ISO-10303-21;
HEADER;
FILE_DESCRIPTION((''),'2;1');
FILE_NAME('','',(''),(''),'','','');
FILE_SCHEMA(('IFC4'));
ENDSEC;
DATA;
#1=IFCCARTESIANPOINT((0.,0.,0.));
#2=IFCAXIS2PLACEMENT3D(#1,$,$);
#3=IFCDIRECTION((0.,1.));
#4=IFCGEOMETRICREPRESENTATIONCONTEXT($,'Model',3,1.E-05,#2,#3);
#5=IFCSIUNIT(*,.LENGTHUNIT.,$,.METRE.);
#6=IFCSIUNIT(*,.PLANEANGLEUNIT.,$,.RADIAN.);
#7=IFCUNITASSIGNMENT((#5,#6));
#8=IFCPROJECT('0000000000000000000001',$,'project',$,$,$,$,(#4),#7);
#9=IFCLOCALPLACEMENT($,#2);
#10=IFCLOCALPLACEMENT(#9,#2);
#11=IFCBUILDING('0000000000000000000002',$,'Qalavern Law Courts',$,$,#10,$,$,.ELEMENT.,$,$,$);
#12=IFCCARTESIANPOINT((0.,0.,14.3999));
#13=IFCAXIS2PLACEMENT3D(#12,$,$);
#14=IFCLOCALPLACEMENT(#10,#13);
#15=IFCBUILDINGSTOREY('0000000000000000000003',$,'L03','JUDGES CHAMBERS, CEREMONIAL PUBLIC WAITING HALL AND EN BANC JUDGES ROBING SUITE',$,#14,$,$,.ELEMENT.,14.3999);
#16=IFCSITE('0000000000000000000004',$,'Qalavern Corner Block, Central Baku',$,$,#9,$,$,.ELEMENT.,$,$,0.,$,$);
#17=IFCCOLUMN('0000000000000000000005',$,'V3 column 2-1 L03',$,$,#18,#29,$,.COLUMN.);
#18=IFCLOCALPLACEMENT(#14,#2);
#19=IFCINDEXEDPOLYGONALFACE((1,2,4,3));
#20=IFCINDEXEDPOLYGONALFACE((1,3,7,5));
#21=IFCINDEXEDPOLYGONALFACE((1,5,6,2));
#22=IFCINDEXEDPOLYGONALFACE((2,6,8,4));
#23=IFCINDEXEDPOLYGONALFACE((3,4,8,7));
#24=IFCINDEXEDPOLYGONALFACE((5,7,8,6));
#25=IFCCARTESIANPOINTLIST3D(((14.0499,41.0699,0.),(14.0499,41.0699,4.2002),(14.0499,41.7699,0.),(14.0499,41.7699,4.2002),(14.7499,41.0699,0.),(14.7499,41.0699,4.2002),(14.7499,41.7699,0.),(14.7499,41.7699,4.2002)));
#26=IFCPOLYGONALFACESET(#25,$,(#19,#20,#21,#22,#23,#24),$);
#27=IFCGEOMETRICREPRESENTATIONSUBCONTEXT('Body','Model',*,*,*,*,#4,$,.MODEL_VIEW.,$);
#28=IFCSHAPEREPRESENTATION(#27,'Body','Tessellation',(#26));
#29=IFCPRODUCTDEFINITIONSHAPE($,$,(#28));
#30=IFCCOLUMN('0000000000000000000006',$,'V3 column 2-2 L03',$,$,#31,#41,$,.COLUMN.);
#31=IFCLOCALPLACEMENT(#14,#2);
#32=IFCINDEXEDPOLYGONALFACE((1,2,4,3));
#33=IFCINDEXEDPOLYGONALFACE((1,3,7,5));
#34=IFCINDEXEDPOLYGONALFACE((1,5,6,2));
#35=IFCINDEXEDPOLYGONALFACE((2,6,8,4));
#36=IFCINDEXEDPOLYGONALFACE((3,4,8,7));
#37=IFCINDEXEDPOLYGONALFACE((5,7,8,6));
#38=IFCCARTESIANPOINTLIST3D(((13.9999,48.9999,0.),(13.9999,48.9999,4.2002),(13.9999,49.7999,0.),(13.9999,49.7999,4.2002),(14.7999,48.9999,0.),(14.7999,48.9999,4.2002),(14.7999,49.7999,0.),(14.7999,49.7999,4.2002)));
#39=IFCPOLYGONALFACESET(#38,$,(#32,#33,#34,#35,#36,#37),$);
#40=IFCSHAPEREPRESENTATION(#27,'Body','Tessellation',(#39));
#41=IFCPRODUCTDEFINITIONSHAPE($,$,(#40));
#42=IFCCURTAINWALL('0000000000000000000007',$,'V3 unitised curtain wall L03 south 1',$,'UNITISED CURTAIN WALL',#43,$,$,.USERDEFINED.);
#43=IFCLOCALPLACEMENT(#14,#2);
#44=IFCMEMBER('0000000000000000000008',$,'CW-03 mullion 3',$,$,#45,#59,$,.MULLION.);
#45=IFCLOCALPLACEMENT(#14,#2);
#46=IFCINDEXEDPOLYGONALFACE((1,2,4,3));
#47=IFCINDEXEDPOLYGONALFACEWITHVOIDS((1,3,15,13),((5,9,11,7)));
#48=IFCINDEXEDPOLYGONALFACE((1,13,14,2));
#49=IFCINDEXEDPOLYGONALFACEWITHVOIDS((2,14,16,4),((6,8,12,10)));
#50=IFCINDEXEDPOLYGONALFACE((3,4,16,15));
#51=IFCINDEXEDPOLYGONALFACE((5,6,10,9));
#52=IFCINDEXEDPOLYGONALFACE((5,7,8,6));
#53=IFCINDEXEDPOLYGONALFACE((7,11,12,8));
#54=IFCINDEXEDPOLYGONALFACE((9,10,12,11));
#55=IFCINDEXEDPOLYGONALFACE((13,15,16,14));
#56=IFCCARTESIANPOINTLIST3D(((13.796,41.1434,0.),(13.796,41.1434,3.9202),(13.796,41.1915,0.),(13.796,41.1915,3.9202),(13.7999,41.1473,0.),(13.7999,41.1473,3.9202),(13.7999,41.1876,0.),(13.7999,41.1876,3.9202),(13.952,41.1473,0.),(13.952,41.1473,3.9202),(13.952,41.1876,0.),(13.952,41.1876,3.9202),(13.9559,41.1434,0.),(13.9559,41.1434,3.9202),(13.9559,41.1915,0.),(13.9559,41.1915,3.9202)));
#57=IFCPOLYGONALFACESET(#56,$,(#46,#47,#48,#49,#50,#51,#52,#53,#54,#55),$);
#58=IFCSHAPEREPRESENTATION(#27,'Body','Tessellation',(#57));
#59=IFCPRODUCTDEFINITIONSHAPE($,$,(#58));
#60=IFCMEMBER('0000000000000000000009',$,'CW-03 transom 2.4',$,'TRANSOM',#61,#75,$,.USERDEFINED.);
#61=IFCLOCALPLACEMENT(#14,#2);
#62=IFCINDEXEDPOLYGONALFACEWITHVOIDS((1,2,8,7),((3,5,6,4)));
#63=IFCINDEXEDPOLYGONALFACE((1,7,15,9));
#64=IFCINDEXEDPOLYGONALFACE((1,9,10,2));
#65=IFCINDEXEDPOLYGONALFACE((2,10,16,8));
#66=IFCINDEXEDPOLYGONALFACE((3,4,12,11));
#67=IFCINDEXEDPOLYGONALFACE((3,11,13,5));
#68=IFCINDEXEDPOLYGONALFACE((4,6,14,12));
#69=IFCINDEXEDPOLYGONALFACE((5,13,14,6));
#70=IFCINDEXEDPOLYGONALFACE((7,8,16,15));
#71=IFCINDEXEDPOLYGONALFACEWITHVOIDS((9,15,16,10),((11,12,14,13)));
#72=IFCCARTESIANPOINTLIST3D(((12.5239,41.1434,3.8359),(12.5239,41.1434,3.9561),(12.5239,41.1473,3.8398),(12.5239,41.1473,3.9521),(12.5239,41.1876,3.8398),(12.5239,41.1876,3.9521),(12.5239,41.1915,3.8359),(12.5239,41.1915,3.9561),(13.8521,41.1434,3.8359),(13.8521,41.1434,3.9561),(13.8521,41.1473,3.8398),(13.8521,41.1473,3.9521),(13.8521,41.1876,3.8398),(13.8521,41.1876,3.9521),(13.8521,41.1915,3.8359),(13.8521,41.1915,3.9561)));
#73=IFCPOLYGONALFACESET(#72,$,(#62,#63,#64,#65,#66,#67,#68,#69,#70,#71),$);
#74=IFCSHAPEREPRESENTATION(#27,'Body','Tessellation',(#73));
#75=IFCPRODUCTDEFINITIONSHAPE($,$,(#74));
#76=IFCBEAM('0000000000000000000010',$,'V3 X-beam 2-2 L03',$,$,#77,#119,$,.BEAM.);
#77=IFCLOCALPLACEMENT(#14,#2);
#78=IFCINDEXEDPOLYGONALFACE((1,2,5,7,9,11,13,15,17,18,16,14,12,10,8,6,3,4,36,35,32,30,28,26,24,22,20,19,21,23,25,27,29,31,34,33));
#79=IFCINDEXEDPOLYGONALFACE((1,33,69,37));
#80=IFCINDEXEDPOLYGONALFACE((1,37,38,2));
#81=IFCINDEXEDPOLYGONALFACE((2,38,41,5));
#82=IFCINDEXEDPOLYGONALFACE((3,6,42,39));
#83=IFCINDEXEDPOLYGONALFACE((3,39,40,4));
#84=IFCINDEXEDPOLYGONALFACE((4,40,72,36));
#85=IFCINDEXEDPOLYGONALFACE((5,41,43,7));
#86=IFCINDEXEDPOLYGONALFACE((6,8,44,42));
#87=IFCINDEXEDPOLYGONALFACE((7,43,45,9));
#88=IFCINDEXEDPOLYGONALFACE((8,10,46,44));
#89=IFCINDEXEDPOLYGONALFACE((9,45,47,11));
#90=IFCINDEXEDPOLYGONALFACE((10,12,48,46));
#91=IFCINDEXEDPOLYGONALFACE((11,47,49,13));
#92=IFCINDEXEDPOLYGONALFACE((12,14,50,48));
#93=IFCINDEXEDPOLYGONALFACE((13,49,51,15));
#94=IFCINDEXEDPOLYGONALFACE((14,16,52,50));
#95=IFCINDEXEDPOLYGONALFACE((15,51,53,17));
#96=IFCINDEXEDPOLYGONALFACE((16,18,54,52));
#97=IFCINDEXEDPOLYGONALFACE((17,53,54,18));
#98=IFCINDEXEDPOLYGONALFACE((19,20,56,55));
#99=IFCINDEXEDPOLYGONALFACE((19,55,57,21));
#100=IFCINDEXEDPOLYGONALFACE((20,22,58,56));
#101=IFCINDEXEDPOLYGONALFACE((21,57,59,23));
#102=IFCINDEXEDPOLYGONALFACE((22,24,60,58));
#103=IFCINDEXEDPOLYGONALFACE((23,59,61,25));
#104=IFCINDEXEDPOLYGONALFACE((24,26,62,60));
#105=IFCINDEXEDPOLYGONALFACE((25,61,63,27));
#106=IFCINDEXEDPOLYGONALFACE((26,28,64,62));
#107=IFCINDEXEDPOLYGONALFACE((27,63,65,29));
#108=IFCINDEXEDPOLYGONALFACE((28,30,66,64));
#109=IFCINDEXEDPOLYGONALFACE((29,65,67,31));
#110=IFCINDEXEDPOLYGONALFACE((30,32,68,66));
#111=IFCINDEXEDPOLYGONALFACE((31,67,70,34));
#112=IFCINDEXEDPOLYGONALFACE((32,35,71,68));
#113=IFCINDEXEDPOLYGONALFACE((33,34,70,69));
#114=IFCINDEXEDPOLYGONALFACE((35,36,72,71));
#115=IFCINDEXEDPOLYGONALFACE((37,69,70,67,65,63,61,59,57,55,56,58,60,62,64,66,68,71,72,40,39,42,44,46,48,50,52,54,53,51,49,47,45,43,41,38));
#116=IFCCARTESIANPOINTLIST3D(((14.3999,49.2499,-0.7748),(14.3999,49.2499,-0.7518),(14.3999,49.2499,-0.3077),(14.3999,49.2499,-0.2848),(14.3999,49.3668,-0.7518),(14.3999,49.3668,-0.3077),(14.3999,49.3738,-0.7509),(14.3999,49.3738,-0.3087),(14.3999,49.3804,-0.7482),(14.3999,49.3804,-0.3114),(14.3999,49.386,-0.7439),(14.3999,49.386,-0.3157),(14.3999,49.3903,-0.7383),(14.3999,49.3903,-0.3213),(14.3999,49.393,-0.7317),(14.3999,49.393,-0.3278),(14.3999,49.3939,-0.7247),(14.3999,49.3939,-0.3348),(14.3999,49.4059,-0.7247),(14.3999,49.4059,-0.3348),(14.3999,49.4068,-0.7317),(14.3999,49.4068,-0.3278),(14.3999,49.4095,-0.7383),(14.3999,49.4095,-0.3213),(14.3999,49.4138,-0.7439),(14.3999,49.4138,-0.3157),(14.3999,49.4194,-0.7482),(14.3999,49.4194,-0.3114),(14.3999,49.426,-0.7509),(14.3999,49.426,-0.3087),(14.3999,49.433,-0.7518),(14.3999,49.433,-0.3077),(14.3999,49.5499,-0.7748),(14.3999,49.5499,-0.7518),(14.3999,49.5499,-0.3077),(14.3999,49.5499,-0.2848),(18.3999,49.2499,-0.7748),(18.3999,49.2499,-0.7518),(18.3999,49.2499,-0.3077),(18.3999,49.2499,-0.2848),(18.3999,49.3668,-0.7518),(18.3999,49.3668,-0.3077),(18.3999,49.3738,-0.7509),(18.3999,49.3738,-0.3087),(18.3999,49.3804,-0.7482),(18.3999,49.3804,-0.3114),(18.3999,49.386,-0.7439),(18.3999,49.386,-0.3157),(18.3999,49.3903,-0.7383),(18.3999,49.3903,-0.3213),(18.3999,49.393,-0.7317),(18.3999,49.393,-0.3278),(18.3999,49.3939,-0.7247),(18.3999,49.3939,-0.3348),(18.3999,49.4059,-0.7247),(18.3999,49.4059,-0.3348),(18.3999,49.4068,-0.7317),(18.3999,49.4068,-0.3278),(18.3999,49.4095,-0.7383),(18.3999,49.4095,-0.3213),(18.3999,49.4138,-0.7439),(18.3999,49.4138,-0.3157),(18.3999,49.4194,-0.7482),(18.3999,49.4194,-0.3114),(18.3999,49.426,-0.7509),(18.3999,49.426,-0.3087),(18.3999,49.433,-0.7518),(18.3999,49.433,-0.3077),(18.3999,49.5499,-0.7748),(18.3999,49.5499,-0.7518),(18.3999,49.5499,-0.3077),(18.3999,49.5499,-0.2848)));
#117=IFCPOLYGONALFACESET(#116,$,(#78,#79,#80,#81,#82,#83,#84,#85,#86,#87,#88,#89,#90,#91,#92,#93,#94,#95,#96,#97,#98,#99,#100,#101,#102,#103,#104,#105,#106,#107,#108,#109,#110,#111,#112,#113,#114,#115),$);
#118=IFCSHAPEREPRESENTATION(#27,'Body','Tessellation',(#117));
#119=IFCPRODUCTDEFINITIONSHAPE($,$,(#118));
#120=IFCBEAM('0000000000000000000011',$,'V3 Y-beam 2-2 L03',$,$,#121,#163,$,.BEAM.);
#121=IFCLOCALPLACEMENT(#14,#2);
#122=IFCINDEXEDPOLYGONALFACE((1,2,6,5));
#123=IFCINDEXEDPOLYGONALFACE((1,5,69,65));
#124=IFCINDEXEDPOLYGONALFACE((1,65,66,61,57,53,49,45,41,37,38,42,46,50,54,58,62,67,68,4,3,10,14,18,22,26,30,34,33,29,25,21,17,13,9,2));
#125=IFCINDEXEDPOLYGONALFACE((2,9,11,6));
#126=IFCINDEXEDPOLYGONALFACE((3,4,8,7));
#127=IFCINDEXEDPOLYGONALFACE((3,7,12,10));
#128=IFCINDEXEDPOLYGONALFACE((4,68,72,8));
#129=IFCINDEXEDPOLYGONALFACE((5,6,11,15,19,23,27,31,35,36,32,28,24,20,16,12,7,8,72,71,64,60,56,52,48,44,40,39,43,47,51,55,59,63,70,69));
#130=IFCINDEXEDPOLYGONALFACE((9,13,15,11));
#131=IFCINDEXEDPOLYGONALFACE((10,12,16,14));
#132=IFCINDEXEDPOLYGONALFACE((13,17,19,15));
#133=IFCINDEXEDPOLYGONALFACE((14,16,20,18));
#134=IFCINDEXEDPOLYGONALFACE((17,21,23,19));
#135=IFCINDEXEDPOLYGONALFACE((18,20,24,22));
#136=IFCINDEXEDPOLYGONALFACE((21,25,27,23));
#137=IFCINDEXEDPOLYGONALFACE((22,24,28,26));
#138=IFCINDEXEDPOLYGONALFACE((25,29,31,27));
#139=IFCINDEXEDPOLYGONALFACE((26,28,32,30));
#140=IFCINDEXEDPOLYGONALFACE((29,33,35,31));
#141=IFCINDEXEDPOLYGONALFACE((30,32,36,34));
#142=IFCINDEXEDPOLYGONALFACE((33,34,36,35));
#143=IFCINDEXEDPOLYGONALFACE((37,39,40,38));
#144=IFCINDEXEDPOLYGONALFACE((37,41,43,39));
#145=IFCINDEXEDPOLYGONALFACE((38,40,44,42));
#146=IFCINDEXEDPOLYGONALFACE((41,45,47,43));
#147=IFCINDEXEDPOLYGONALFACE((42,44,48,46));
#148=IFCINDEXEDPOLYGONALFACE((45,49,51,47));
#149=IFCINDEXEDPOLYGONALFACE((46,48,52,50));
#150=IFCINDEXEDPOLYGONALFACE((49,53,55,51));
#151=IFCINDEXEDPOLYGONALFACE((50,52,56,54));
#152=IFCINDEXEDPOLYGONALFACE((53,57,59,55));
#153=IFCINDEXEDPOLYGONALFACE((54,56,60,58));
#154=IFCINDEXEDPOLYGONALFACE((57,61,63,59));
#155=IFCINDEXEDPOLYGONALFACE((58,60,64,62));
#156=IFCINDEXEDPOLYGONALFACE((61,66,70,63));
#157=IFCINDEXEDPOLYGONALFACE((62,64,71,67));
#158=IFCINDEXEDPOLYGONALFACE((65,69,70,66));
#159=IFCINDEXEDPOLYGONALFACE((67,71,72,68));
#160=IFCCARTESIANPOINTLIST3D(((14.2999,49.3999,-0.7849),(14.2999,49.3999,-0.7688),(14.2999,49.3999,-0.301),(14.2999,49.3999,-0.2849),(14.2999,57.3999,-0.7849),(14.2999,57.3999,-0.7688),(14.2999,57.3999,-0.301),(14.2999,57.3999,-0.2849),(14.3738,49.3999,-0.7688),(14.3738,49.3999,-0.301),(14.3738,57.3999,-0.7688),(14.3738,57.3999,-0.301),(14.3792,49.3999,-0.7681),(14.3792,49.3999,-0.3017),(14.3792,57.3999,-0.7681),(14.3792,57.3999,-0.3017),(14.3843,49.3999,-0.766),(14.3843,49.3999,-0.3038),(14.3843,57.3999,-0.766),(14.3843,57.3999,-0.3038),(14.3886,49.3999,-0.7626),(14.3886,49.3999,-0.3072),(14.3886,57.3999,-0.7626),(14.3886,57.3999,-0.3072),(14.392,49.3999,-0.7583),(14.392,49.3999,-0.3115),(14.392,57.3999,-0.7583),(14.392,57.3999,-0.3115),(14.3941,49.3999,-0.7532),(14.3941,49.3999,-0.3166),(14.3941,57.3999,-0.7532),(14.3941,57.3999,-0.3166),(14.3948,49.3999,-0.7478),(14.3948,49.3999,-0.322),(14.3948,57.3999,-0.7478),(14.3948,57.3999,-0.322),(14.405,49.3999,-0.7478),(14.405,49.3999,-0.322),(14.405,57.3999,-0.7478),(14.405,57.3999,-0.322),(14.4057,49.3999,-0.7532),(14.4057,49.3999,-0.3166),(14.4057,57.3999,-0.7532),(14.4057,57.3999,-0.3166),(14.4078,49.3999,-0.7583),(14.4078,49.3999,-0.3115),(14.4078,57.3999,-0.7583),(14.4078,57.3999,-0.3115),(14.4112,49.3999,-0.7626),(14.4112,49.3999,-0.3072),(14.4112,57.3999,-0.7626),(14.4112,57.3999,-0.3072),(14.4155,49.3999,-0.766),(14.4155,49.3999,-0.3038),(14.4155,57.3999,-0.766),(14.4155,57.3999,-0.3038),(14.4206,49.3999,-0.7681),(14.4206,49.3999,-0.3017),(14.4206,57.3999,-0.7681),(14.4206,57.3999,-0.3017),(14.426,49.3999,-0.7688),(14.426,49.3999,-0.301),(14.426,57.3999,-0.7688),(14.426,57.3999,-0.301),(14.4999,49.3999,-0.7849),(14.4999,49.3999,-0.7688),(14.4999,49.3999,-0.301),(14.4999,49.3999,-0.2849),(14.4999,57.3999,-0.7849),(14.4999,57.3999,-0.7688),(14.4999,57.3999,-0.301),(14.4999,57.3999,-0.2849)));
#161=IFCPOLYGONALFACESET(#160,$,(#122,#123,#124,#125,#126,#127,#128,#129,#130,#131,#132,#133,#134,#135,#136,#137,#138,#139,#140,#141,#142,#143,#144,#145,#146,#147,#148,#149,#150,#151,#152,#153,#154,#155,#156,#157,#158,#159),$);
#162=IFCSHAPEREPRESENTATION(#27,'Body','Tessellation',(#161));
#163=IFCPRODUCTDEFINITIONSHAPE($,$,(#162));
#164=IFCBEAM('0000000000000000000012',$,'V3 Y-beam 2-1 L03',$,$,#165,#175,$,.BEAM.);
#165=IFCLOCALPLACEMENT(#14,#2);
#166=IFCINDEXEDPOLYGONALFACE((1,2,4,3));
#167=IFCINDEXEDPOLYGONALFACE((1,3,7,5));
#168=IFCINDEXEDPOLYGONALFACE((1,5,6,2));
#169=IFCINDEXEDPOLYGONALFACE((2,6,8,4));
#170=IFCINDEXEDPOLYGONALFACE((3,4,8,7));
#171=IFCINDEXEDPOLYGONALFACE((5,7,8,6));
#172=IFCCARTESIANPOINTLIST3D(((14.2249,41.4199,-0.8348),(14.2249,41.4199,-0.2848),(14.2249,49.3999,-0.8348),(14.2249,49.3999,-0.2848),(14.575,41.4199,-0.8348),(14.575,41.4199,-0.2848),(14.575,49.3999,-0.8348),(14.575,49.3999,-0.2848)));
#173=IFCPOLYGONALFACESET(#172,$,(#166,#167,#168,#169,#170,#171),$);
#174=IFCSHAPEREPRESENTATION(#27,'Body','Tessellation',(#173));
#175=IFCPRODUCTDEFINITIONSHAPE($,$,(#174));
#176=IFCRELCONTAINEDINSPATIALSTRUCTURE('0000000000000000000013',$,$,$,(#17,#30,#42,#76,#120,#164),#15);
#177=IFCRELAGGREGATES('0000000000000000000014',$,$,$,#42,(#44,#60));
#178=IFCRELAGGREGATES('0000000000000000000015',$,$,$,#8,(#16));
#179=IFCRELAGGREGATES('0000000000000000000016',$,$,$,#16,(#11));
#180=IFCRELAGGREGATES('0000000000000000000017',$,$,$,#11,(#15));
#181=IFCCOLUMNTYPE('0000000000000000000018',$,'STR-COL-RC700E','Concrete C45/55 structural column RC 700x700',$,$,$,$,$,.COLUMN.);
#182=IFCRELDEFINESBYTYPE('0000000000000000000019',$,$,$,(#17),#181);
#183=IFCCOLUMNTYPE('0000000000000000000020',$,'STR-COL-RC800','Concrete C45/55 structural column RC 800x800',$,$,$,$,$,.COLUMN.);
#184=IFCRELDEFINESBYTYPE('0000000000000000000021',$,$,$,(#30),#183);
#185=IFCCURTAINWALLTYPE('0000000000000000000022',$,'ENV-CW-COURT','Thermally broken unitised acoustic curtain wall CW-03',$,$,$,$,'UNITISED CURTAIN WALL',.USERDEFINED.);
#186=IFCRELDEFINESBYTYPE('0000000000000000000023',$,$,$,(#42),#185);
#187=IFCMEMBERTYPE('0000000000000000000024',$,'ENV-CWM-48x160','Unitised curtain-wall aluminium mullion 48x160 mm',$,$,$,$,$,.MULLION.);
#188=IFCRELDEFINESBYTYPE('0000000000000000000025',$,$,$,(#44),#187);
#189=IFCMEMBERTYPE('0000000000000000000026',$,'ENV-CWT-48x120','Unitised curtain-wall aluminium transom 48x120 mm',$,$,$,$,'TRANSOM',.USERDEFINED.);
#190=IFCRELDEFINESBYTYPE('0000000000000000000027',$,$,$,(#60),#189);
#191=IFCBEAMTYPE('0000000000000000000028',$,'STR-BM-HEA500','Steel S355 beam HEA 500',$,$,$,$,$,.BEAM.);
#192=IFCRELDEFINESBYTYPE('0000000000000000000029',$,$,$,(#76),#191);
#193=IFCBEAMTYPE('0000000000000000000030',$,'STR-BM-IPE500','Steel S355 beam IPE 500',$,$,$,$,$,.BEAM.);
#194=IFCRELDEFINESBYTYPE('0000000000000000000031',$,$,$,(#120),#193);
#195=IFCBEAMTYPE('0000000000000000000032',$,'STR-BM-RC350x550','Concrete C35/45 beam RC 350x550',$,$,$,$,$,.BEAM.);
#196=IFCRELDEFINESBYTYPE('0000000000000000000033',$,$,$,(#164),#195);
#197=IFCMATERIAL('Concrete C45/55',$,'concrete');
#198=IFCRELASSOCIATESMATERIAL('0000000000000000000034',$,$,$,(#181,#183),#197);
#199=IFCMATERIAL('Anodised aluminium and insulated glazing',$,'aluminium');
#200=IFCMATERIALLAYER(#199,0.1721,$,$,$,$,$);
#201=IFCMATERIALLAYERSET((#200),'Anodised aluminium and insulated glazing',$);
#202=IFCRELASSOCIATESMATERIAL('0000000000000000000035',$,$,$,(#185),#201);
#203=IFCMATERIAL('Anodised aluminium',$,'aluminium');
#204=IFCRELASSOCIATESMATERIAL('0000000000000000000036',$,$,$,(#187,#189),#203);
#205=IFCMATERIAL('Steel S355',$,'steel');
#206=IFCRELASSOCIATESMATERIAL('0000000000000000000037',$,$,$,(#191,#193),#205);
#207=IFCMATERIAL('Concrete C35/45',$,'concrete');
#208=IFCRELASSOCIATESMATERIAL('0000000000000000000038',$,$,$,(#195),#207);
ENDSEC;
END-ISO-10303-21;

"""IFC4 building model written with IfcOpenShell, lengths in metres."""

from ifc_helpers import new_model, si_unit, direction, frame, origin, origin_2d, place, context, subcontext, project, spatial, rectangle, hollow_rectangle, i_section, extrude, material, layer, layer_set, material_profile, profile_set, type_object, element, aggregate, save


model = new_model("IFC4")

# Units and contexts
model_context = context("Model", 3, precision=1e-05, world=origin(), true_north=direction((0.0, 1.0)))
body_context = subcontext(model_context, "Body", "Model", "MODEL_VIEW")
ifc_project = project(units=[si_unit("LENGTHUNIT", "METRE"), si_unit("PLANEANGLEUNIT", "RADIAN")], contexts=[model_context])

# Site, building, storey
site_placement = place(None, origin())
site = spatial("IfcSite", under=ifc_project, at=site_placement, Name="Qalavern Corner Block, Central Baku", CompositionType="ELEMENT", RefElevation=0.0)
building_placement = place(site_placement, origin())
building = spatial("IfcBuilding", under=site, at=building_placement, Name="Qalavern Law Courts", CompositionType="ELEMENT")
storey_placement = place(building_placement, frame((0.0, 0.0, 14.3999)))
storey = spatial("IfcBuildingStorey", under=building, at=storey_placement, Name="L03", Description="JUDGES CHAMBERS, CEREMONIAL PUBLIC WAITING HALL AND EN BANC JUDGES ROBING SUITE", CompositionType="ELEMENT", Elevation=14.3999)

# Columns
ifc_material_1 = material(Name="Concrete C45/55", Category="concrete")
ifc_material_profile_1 = material_profile(ifc_material_1, rectangle(XDim=0.7, YDim=0.7, at=origin_2d()), Name="RC 700x700")
ifc_profile_set_1 = profile_set([ifc_material_profile_1], Name="Concrete C45/55")
column_type_1 = type_object("IfcColumnType", Name="STR-COL-RC700E", Description="Concrete C45/55 structural column RC 700x700", PredefinedType="COLUMN", material=ifc_profile_set_1)
column_1_placement = place(storey_placement, frame((14.3999, 41.4199, 0.0), z_axis=(0.0, 0.0, 1.0), x_axis=(1.0, 0.0, 0.0)))
element("IfcColumn", 1, at=column_1_placement, inside=storey, type_object=column_type_1, Name="V3 column 2-1 L03", PredefinedType="COLUMN", context=body_context, shape_type="SweptSolid", body=[
    extrude(rectangle(XDim=0.7, YDim=0.7, at=origin_2d()), origin(), (0.0, 0.0, 1.0), 4.2002),
])
ifc_material_profile_2 = material_profile(ifc_material_1, rectangle(XDim=0.8, YDim=0.8, at=origin_2d()), Name="RC 800x800")
ifc_profile_set_2 = profile_set([ifc_material_profile_2], Name="Concrete C45/55")
column_type_2 = type_object("IfcColumnType", Name="STR-COL-RC800", Description="Concrete C45/55 structural column RC 800x800", PredefinedType="COLUMN", material=ifc_profile_set_2)
column_2_placement = place(storey_placement, frame((14.3999, 49.3999, 0.0), z_axis=(0.0, 0.0, 1.0), x_axis=(1.0, 0.0, 0.0)))
element("IfcColumn", 2, at=column_2_placement, inside=storey, type_object=column_type_2, Name="V3 column 2-2 L03", PredefinedType="COLUMN", context=body_context, shape_type="SweptSolid", body=[
    extrude(rectangle(XDim=0.8, YDim=0.8, at=origin_2d()), origin(), (0.0, 0.0, 1.0), 4.2002),
])

# Curtain wall, members
ifc_material_2 = material(Name="Anodised aluminium and insulated glazing", Category="aluminium")
ifc_layer_1 = layer(ifc_material_2, 0.1721)
ifc_layer_set_1 = layer_set([ifc_layer_1], Name="Anodised aluminium and insulated glazing")
curtain_wall_type = type_object("IfcCurtainWallType", Name="ENV-CW-COURT", Description="Thermally broken unitised acoustic curtain wall CW-03", ElementType="UNITISED CURTAIN WALL", PredefinedType="USERDEFINED", material=ifc_layer_set_1)
curtain_wall_placement = place(storey_placement, origin())
curtain_wall = element("IfcCurtainWall", 3, at=curtain_wall_placement, inside=storey, type_object=curtain_wall_type, Name="V3 unitised curtain wall L03 south 1", ObjectType="UNITISED CURTAIN WALL", PredefinedType="USERDEFINED")
ifc_material_3 = material(Name="Anodised aluminium", Category="aluminium")
ifc_material_profile_3 = material_profile(ifc_material_3, hollow_rectangle(XDim=0.0481, YDim=0.1599, WallThickness=0.0039, at=origin_2d()), Name="ALU MULLION 48x160")
ifc_profile_set_3 = profile_set([ifc_material_profile_3], Name="Anodised aluminium")
member_type_1 = type_object("IfcMemberType", Name="ENV-CWM-48x160", Description="Unitised curtain-wall aluminium mullion 48x160 mm", PredefinedType="MULLION", material=ifc_profile_set_3)
member_1_placement = place(storey_placement, frame((13.876, 41.1675, 0.0), z_axis=(0.0, 0.0, 1.0), x_axis=(0.0, 1.0, 0.0)))
member_1 = element("IfcMember", 4, at=member_1_placement, type_object=member_type_1, Name="CW-03 mullion 3", PredefinedType="MULLION", context=body_context, shape_type="SweptSolid", body=[
    extrude(hollow_rectangle(XDim=0.0481, YDim=0.1599, WallThickness=0.0039, at=origin_2d()), origin(), (0.0, 0.0, 1.0), 3.9202),
])
ifc_material_profile_4 = material_profile(ifc_material_3, hollow_rectangle(XDim=0.0481, YDim=0.1201, WallThickness=0.0039, at=origin_2d()), Name="ALU TRANSOM 48x120")
ifc_profile_set_4 = profile_set([ifc_material_profile_4], Name="Anodised aluminium")
member_type_2 = type_object("IfcMemberType", Name="ENV-CWT-48x120", Description="Unitised curtain-wall aluminium transom 48x120 mm", ElementType="TRANSOM", PredefinedType="USERDEFINED", material=ifc_profile_set_4)
member_2_placement = place(storey_placement, frame((12.5239, 41.1675, 3.896), z_axis=(1.0, 0.0, 0.0), x_axis=(0.0, 1.0, 0.0)))
member_2 = element("IfcMember", 5, at=member_2_placement, type_object=member_type_2, Name="CW-03 transom 2.4", ObjectType="TRANSOM", PredefinedType="USERDEFINED", context=body_context, shape_type="SweptSolid", body=[
    extrude(hollow_rectangle(XDim=0.0481, YDim=0.1201, WallThickness=0.0039, at=origin_2d()), origin(), (0.0, 0.0, 1.0), 1.3281),
])

# Beams
ifc_material_4 = material(Name="Steel S355", Category="steel")
ifc_material_profile_5 = material_profile(ifc_material_4, i_section(OverallWidth=0.3, OverallDepth=0.49, WebThickness=0.012, FlangeThickness=0.0229, FilletRadius=0.0271, at=origin_2d()), Name="HEA 500")
ifc_profile_set_5 = profile_set([ifc_material_profile_5], Name="Steel S355")
beam_type_1 = type_object("IfcBeamType", Name="STR-BM-HEA500", Description="Steel S355 beam HEA 500", PredefinedType="BEAM", material=ifc_profile_set_5)
beam_1_placement = place(storey_placement, frame((14.3999, 49.3999, -0.5298), z_axis=(1.0, 0.0, 0.0), x_axis=(0.0, 1.0, 0.0)))
element("IfcBeam", 6, at=beam_1_placement, inside=storey, type_object=beam_type_1, Name="V3 X-beam 2-2 L03", PredefinedType="BEAM", context=body_context, shape_type="SweptSolid", body=[
    extrude(i_section(OverallWidth=0.3, OverallDepth=0.49, WebThickness=0.012, FlangeThickness=0.0229, FilletRadius=0.0271, at=origin_2d()), origin(), (0.0, 0.0, 1.0), 4.0),
])
ifc_material_profile_6 = material_profile(ifc_material_4, i_section(OverallWidth=0.2, OverallDepth=0.5, WebThickness=0.0103, FlangeThickness=0.0161, FilletRadius=0.021, at=origin_2d()), Name="IPE 500")
ifc_profile_set_6 = profile_set([ifc_material_profile_6], Name="Steel S355")
beam_type_2 = type_object("IfcBeamType", Name="STR-BM-IPE500", Description="Steel S355 beam IPE 500", PredefinedType="BEAM", material=ifc_profile_set_6)
beam_2_placement = place(storey_placement, frame((14.3999, 49.3999, -0.5349), z_axis=(0.0, 1.0, 0.0), x_axis=(-1.0, 0.0, 0.0)))
element("IfcBeam", 7, at=beam_2_placement, inside=storey, type_object=beam_type_2, Name="V3 Y-beam 2-2 L03", PredefinedType="BEAM", context=body_context, shape_type="SweptSolid", body=[
    extrude(i_section(OverallWidth=0.2, OverallDepth=0.5, WebThickness=0.0103, FlangeThickness=0.0161, FilletRadius=0.021, at=origin_2d()), origin(), (0.0, 0.0, 1.0), 8.0),
])
ifc_material_5 = material(Name="Concrete C35/45", Category="concrete")
ifc_material_profile_7 = material_profile(ifc_material_5, rectangle(XDim=0.3501, YDim=0.55, at=origin_2d()), Name="RC 350x550")
ifc_profile_set_7 = profile_set([ifc_material_profile_7], Name="Concrete C35/45")
beam_type_3 = type_object("IfcBeamType", Name="STR-BM-RC350x550", Description="Concrete C35/45 beam RC 350x550", PredefinedType="BEAM", material=ifc_profile_set_7)
beam_3_placement = place(storey_placement, frame((14.3999, 41.4199, -0.5598), z_axis=(0.0, 1.0, 0.0), x_axis=(-1.0, 0.0, 0.0)))
element("IfcBeam", 8, at=beam_3_placement, inside=storey, type_object=beam_type_3, Name="V3 Y-beam 2-1 L03", PredefinedType="BEAM", context=body_context, shape_type="SweptSolid", body=[
    extrude(rectangle(XDim=0.3501, YDim=0.55, at=origin_2d()), origin(), (0.0, 0.0, 1.0), 7.98),
])

aggregate(curtain_wall, [member_1, member_2])

save(model, "model.ifc")
